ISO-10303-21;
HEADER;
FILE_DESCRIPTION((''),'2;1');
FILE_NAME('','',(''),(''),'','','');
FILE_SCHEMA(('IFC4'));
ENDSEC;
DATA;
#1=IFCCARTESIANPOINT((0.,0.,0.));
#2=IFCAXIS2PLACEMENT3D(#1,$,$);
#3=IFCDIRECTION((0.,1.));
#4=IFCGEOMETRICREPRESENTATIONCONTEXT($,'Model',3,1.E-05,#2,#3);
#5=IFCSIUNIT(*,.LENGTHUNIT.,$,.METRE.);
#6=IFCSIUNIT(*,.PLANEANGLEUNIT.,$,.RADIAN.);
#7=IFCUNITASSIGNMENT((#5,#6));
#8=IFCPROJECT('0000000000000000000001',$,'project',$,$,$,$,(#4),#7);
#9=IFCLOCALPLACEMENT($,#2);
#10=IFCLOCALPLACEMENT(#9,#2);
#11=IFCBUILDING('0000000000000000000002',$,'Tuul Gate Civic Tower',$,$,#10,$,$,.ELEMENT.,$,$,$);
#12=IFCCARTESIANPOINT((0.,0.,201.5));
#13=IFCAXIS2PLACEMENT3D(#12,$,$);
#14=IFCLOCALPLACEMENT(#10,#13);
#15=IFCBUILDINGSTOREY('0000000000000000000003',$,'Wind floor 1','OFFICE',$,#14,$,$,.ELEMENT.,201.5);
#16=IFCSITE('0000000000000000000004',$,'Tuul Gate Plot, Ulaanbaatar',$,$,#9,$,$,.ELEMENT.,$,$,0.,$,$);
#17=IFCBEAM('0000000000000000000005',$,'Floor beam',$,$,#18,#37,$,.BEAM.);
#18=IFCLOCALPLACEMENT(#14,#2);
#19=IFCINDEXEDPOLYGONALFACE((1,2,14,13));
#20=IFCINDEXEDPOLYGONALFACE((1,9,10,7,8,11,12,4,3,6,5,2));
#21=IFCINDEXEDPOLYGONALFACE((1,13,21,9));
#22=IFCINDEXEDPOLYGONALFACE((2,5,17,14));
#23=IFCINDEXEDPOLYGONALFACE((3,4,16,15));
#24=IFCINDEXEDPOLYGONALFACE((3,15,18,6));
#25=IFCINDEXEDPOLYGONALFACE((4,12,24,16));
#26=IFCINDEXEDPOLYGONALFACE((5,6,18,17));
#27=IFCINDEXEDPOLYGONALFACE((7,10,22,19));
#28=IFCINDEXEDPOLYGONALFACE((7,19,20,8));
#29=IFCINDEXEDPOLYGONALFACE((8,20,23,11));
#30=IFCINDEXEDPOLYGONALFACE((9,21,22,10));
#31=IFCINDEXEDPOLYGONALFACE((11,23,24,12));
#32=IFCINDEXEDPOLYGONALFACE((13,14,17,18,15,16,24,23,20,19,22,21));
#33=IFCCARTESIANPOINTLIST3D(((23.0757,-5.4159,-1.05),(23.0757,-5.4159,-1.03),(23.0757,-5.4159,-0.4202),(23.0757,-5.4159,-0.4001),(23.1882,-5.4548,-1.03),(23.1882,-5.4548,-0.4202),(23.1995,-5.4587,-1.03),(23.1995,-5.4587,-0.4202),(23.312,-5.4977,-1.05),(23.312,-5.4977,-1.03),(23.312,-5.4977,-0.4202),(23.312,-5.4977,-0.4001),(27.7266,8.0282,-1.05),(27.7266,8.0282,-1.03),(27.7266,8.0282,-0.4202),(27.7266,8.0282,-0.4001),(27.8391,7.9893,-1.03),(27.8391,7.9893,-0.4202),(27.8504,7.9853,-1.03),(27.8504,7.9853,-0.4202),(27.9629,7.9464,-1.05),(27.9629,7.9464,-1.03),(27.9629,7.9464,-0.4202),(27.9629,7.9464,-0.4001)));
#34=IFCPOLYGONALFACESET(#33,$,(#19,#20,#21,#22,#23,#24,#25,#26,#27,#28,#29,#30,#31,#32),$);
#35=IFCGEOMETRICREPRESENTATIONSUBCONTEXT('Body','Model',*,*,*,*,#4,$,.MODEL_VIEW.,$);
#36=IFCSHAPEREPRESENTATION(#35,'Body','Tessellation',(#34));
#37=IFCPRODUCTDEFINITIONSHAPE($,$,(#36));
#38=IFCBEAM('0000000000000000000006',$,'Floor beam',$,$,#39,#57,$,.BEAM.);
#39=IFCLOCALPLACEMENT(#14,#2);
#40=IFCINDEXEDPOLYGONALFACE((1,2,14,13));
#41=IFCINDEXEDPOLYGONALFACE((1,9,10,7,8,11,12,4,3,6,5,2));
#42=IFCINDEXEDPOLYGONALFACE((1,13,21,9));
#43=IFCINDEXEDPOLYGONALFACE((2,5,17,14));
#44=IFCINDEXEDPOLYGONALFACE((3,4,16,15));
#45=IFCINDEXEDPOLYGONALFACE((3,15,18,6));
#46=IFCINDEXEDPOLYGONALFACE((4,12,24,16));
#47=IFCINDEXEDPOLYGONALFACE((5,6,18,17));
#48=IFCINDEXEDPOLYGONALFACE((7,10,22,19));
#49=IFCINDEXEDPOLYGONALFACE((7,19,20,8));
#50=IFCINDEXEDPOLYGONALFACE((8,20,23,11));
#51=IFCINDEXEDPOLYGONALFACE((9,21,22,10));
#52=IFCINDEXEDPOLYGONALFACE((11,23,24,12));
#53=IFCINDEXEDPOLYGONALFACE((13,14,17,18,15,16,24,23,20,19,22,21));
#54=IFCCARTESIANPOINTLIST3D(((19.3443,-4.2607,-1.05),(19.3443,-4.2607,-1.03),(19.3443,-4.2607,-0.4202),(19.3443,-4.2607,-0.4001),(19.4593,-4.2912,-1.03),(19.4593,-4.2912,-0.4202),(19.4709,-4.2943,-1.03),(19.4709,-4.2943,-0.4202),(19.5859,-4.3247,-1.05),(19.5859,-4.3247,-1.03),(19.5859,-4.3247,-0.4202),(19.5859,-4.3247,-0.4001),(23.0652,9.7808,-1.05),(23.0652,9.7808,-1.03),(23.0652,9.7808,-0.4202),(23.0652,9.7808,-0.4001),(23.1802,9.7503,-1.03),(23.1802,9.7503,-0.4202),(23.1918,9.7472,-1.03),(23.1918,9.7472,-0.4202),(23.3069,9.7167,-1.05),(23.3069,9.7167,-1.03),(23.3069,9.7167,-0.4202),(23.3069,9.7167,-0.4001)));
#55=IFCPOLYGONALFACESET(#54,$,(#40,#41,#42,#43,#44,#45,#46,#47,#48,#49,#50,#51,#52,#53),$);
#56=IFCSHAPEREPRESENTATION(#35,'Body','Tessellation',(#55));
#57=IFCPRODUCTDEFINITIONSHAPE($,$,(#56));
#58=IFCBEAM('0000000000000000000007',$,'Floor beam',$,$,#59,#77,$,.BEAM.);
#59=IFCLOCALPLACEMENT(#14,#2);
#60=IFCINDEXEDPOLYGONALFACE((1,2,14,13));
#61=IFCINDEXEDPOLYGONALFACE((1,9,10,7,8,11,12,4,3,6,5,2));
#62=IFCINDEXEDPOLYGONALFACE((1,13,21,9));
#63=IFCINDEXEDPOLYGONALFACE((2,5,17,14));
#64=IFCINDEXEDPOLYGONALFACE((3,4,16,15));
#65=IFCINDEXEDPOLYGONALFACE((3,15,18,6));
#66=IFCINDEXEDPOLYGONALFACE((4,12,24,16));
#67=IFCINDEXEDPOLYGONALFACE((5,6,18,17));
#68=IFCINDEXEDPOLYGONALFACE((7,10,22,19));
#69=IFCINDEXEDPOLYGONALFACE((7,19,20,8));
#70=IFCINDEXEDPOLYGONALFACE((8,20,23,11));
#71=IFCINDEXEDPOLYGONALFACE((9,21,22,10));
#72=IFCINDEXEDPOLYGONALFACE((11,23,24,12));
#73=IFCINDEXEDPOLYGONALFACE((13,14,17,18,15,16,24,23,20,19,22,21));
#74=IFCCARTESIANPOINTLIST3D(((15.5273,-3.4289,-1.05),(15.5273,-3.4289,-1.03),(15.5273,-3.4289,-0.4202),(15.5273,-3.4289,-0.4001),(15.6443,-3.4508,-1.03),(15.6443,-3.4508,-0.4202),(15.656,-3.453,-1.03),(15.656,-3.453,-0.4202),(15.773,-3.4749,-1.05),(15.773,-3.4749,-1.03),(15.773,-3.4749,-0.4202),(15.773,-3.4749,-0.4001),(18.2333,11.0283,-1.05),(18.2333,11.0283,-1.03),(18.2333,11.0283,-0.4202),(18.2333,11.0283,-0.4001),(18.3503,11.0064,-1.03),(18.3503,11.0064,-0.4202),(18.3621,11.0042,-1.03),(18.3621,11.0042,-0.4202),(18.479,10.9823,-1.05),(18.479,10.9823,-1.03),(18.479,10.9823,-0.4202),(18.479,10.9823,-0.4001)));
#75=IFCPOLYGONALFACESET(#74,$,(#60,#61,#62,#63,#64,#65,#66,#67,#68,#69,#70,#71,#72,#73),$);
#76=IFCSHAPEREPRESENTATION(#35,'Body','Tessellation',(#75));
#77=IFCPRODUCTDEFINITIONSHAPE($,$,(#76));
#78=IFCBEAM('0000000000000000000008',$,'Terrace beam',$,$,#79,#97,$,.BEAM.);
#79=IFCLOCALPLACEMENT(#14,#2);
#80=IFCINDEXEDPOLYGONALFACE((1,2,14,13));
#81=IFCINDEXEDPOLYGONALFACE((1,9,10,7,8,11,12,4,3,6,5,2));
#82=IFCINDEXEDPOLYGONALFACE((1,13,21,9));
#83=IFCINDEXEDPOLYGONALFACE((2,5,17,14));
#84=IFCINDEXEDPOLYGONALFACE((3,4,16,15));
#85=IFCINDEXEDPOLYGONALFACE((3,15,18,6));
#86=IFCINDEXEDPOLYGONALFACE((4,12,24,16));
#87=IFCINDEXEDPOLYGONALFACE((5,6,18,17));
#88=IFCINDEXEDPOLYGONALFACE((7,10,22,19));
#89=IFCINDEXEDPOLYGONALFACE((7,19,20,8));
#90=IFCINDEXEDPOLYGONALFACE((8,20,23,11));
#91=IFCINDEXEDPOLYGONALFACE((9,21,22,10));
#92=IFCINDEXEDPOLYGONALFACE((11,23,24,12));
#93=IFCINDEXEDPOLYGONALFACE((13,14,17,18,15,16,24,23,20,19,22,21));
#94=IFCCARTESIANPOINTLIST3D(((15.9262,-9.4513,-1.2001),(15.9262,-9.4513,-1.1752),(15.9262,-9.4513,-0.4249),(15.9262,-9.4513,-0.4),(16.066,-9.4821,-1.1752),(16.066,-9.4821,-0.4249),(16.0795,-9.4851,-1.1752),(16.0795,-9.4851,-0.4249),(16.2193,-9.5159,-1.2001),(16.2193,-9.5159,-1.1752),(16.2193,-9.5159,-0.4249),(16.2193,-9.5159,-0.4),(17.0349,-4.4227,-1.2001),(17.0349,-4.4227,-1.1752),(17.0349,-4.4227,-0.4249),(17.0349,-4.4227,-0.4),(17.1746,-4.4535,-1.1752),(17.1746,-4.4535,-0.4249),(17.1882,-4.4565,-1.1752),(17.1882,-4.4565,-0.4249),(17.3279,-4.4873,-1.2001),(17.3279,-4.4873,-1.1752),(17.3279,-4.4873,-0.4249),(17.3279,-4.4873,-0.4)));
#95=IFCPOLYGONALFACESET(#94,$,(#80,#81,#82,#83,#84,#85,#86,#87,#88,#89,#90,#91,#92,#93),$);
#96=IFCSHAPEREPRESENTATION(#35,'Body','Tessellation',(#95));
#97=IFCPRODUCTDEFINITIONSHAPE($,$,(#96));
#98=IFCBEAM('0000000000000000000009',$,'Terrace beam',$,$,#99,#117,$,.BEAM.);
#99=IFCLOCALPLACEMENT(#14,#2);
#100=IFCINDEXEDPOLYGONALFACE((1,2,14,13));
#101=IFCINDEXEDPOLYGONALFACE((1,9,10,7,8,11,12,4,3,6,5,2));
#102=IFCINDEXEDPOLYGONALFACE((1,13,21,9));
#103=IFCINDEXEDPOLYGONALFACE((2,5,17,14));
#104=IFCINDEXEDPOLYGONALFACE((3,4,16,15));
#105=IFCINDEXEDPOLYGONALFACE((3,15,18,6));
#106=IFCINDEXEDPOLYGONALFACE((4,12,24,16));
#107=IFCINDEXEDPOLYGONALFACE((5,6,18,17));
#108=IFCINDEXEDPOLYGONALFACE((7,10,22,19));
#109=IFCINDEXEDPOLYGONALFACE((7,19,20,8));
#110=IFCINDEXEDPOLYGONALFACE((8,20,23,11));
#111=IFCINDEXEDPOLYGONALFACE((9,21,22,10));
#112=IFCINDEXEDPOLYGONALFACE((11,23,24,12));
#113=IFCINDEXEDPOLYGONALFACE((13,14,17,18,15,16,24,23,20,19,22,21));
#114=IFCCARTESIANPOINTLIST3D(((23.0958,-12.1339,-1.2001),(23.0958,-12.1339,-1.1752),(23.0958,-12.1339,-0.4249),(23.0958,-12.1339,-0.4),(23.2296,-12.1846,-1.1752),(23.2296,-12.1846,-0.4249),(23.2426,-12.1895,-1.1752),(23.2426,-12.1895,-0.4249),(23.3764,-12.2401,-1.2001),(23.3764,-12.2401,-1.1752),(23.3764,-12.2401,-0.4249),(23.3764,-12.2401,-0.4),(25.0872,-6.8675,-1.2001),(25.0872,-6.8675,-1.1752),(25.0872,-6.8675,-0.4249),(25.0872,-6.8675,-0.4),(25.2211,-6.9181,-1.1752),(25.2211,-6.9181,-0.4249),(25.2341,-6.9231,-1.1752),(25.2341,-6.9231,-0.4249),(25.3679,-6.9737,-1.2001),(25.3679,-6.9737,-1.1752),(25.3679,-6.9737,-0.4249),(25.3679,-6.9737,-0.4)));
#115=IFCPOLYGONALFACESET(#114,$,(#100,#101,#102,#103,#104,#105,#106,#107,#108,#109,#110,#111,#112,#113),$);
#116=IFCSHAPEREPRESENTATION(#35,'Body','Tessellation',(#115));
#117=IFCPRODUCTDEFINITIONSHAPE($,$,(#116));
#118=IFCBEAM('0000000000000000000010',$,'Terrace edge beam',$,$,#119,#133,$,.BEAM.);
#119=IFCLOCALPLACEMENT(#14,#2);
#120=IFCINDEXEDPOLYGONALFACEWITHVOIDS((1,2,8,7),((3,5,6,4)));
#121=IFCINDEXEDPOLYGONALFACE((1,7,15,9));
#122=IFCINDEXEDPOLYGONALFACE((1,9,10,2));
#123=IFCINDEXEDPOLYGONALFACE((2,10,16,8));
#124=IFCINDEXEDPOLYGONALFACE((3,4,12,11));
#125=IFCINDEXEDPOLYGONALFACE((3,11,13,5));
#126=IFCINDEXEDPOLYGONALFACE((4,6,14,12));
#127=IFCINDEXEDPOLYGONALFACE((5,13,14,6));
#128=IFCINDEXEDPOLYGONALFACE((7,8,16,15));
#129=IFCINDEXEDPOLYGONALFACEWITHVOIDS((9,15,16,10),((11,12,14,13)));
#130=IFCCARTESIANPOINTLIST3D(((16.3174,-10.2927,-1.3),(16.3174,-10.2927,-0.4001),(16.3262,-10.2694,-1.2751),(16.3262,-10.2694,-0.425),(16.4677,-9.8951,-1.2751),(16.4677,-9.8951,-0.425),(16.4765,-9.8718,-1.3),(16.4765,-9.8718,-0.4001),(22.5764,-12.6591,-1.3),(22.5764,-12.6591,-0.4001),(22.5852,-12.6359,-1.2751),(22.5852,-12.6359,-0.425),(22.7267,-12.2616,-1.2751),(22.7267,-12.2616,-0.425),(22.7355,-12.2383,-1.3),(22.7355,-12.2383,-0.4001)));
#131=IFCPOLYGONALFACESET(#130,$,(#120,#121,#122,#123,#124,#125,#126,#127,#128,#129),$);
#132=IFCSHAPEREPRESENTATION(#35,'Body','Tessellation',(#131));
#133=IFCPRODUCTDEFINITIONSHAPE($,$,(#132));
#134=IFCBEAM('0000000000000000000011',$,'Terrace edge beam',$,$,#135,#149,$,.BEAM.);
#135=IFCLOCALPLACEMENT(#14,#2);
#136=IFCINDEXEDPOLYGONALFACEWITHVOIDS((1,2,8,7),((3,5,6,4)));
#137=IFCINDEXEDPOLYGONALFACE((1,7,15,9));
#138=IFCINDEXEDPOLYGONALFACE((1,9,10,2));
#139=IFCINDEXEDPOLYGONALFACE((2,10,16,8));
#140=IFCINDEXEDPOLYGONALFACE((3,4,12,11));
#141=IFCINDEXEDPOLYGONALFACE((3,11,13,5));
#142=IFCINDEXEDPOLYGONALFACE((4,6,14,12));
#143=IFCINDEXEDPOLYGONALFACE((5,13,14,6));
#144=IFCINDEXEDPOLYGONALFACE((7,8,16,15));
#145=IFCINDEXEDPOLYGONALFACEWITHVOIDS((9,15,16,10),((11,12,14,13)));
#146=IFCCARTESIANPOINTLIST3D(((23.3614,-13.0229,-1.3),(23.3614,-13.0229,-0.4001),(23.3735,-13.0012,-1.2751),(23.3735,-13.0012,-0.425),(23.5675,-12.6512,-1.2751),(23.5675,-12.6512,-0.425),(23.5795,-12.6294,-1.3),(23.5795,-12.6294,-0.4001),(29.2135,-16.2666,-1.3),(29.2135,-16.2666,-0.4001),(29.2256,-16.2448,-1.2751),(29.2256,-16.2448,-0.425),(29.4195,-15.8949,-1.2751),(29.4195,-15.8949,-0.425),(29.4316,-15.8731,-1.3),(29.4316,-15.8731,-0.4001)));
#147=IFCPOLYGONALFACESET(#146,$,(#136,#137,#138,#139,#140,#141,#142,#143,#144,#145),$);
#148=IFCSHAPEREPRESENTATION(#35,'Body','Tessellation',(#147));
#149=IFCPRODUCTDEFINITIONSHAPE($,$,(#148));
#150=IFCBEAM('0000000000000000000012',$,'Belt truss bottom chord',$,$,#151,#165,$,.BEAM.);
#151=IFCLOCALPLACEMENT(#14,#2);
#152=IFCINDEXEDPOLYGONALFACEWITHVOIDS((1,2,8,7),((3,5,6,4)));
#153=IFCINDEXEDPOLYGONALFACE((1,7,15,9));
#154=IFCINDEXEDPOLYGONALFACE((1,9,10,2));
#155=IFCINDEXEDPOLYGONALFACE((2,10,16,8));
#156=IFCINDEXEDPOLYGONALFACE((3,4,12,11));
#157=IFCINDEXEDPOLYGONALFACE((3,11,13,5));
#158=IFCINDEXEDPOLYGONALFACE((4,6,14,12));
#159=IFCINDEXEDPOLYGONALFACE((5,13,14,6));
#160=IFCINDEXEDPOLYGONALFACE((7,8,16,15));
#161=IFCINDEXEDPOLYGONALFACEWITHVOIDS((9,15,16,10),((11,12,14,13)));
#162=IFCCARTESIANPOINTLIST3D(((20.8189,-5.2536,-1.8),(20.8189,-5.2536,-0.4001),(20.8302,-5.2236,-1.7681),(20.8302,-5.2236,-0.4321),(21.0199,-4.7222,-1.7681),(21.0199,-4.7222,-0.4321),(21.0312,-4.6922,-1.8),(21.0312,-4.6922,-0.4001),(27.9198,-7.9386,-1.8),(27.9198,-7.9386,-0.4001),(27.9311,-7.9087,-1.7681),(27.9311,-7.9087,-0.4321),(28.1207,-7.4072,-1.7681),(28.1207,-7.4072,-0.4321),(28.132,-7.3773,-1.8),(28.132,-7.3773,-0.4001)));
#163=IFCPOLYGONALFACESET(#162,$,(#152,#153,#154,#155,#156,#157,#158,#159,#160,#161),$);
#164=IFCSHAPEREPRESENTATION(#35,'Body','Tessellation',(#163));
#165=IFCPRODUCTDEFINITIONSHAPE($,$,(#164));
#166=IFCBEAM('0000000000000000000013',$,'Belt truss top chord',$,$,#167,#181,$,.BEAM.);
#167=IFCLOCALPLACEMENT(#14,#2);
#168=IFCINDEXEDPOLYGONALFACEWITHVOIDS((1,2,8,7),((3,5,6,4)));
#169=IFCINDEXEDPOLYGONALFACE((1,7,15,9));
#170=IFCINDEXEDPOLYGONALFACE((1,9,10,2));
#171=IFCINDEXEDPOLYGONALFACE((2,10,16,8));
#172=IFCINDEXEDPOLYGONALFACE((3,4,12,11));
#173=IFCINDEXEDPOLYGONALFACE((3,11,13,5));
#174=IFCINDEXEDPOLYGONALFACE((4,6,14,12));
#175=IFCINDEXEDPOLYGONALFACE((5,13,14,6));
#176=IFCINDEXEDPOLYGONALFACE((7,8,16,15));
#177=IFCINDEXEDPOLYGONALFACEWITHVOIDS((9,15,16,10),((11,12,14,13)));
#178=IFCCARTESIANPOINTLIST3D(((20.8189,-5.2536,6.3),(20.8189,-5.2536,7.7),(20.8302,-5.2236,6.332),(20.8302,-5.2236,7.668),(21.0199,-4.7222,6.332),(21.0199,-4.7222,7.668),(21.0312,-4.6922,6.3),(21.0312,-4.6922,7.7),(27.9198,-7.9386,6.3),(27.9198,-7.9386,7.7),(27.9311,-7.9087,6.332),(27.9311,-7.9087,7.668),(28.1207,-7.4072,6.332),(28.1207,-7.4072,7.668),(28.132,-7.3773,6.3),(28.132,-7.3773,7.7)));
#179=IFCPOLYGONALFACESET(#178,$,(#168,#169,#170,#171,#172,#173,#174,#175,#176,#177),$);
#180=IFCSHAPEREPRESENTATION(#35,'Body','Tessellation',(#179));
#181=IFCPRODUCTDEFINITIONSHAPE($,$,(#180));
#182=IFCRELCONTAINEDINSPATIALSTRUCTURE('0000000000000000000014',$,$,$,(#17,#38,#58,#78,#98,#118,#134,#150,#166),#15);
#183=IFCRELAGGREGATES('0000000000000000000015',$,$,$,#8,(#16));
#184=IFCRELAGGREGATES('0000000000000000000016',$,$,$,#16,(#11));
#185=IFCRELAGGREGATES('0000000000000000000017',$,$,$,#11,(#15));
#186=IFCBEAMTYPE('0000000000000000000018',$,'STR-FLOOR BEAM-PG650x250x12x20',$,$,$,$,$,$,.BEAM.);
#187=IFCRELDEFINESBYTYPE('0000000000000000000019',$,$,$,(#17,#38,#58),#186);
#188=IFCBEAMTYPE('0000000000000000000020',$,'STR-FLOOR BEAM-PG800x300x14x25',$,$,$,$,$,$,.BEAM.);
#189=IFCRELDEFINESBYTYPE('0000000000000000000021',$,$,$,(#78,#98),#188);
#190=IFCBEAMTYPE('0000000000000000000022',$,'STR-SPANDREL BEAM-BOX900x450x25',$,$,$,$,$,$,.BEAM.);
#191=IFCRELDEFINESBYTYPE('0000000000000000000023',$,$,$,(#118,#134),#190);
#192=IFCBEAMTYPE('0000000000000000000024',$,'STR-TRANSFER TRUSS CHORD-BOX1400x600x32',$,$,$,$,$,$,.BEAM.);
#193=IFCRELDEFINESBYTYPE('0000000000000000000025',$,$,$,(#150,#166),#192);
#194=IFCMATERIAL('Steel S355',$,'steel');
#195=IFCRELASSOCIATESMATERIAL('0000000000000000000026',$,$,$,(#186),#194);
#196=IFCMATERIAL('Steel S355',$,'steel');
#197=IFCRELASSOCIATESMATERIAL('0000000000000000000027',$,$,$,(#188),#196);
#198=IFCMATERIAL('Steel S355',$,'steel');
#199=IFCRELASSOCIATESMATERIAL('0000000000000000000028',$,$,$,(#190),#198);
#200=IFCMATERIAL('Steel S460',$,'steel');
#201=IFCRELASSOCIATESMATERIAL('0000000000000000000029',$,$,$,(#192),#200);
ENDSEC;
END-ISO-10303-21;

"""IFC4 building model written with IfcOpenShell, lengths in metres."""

from ifc_helpers import new_model, si_unit, direction, frame, origin, origin_2d, place, context, subcontext, project, spatial, hollow_rectangle, i_section, extrude, material, material_profile, profile_set, type_object, element, save


model = new_model("IFC4")

# Units and contexts
model_context = context("Model", 3, precision=1e-05, world=origin(), true_north=direction((0.0, 1.0)))
body_context = subcontext(model_context, "Body", "Model", "MODEL_VIEW")
ifc_project = project(units=[si_unit("LENGTHUNIT", "METRE"), si_unit("PLANEANGLEUNIT", "RADIAN")], contexts=[model_context])

# Site, building, storey
site_placement = place(None, origin())
site = spatial("IfcSite", under=ifc_project, at=site_placement, Name="Tuul Gate Plot, Ulaanbaatar", CompositionType="ELEMENT", RefElevation=0.0)
building_placement = place(site_placement, origin())
building = spatial("IfcBuilding", under=site, at=building_placement, Name="Tuul Gate Civic Tower", CompositionType="ELEMENT")
storey_placement = place(building_placement, frame((0.0, 0.0, 201.5)))
storey = spatial("IfcBuildingStorey", under=building, at=storey_placement, Name="Wind floor 1", Description="OFFICE", CompositionType="ELEMENT", Elevation=201.5)

# Beams
ifc_material_1 = material(Name="Steel S355", Category="steel")
ifc_material_profile_1 = material_profile(ifc_material_1, i_section(OverallWidth=0.25, OverallDepth=0.6499, WebThickness=0.012, FlangeThickness=0.02, at=origin_2d()), Name="PG650x250x12x20")
ifc_profile_set_1 = profile_set([ifc_material_profile_1], Name="Steel S355")
beam_type_1 = type_object("IfcBeamType", Name="STR-FLOOR BEAM-PG650x250x12x20", PredefinedType="BEAM", material=ifc_profile_set_1)
beam_1_placement = place(storey_placement, frame((23.1938, -5.4568, -0.7251), z_axis=(0.326932, 0.945048, 0.0), x_axis=(-0.945048, 0.326932, 0.0)))
element("IfcBeam", 1, at=beam_1_placement, inside=storey, type_object=beam_type_1, Name="Floor beam", PredefinedType="BEAM", context=body_context, shape_type="SweptSolid", body=[
    extrude(i_section(OverallWidth=0.25, OverallDepth=0.6499, WebThickness=0.012, FlangeThickness=0.02, at=origin_2d()), origin(), (0.0, 0.0, 1.0), 14.2258),
])
beam_2_placement = place(storey_placement, frame((19.4651, -4.2927, -0.7251), z_axis=(0.256155, 0.966636, 0.0), x_axis=(-0.966636, 0.256155, 0.0)))
element("IfcBeam", 2, at=beam_2_placement, inside=storey, type_object=beam_type_1, Name="Floor beam", PredefinedType="BEAM", context=body_context, shape_type="SweptSolid", body=[
    extrude(i_section(OverallWidth=0.25, OverallDepth=0.6499, WebThickness=0.012, FlangeThickness=0.02, at=origin_2d()), origin(), (0.0, 0.0, 1.0), 14.5261),
])
beam_3_placement = place(storey_placement, frame((15.6501, -3.4519, -0.7251), z_axis=(0.183981, 0.98293, 0.0), x_axis=(-0.98293, 0.183981, 0.0)))
element("IfcBeam", 3, at=beam_3_placement, inside=storey, type_object=beam_type_1, Name="Floor beam", PredefinedType="BEAM", context=body_context, shape_type="SweptSolid", body=[
    extrude(i_section(OverallWidth=0.25, OverallDepth=0.6499, WebThickness=0.012, FlangeThickness=0.02, at=origin_2d()), origin(), (0.0, 0.0, 1.0), 14.7083),
])
ifc_material_2 = material(Name="Steel S355", Category="steel")
ifc_material_profile_2 = material_profile(ifc_material_2, i_section(OverallWidth=0.3, OverallDepth=0.8, WebThickness=0.0139, FlangeThickness=0.0249, at=origin_2d()), Name="PG800x300x14x25")
ifc_profile_set_2 = profile_set([ifc_material_profile_2], Name="Steel S355")
beam_type_2 = type_object("IfcBeamType", Name="STR-FLOOR BEAM-PG800x300x14x25", PredefinedType="BEAM", material=ifc_profile_set_2)
beam_4_placement = place(storey_placement, frame((16.0728, -9.4836, -0.8), z_axis=(0.215299, 0.976548, 0.0), x_axis=(-0.976548, 0.215299, 0.0)))
element("IfcBeam", 4, at=beam_4_placement, inside=storey, type_object=beam_type_2, Name="Terrace beam", PredefinedType="BEAM", context=body_context, shape_type="SweptSolid", body=[
    extrude(i_section(OverallWidth=0.3, OverallDepth=0.8, WebThickness=0.0139, FlangeThickness=0.0249, at=origin_2d()), origin(), (0.0, 0.0, 1.0), 5.1494),
])
beam_5_placement = place(storey_placement, frame((23.2361, -12.187, -0.8), z_axis=(0.353702, 0.935358, 0.0), x_axis=(-0.935358, 0.353702, 0.0)))
element("IfcBeam", 5, at=beam_5_placement, inside=storey, type_object=beam_type_2, Name="Terrace beam", PredefinedType="BEAM", context=body_context, shape_type="SweptSolid", body=[
    extrude(i_section(OverallWidth=0.3, OverallDepth=0.8, WebThickness=0.0139, FlangeThickness=0.0249, at=origin_2d()), origin(), (0.0, 0.0, 1.0), 5.6304),
])
ifc_material_3 = material(Name="Steel S355", Category="steel")
ifc_material_profile_3 = material_profile(ifc_material_3, hollow_rectangle(XDim=0.45, YDim=0.8999, WallThickness=0.0249, at=origin_2d()), Name="BOX900x450x25")
ifc_profile_set_3 = profile_set([ifc_material_profile_3], Name="Steel S355")
beam_type_3 = type_object("IfcBeamType", Name="STR-SPANDREL BEAM-BOX900x450x25", PredefinedType="BEAM", material=ifc_profile_set_3)
beam_6_placement = place(storey_placement, frame((16.397, -10.0823, -0.8501), z_axis=(0.935377, -0.353653, 0.0), x_axis=(0.353653, 0.935377, 0.0)))
element("IfcBeam", 6, at=beam_6_placement, inside=storey, type_object=beam_type_3, Name="Terrace edge beam", PredefinedType="BEAM", context=body_context, shape_type="SweptSolid", body=[
    extrude(hollow_rectangle(XDim=0.45, YDim=0.8999, WallThickness=0.0249, at=origin_2d()), origin(), (0.0, 0.0, 1.0), 6.6914),
])
beam_7_placement = place(storey_placement, frame((23.4705, -12.8262, -0.8501), z_axis=(0.874632, -0.484788, 0.0), x_axis=(0.484788, 0.874632, 0.0)))
element("IfcBeam", 7, at=beam_7_placement, inside=storey, type_object=beam_type_3, Name="Terrace edge beam", PredefinedType="BEAM", context=body_context, shape_type="SweptSolid", body=[
    extrude(hollow_rectangle(XDim=0.45, YDim=0.8999, WallThickness=0.0249, at=origin_2d()), origin(), (0.0, 0.0, 1.0), 6.6909),
])
ifc_material_4 = material(Name="Steel S460", Category="steel")
ifc_material_profile_4 = material_profile(ifc_material_4, hollow_rectangle(XDim=0.6001, YDim=1.3999, WallThickness=0.032, at=origin_2d()), Name="BOX1400x600x32")
ifc_profile_set_4 = profile_set([ifc_material_profile_4], Name="Steel S460")
beam_type_4 = type_object("IfcBeamType", Name="STR-TRANSFER TRUSS CHORD-BOX1400x600x32", PredefinedType="BEAM", material=ifc_profile_set_4)
for number, where, z_axis, x_axis, name in (
    (8, (20.925, -4.9729, -1.1001), (0.935362, -0.353691, 0.0), (0.353691, 0.935362, 0.0), "Belt truss bottom chord"),
    (9, (20.925, -4.9729, 7.0), (0.935362, -0.353691, 0.0), (0.353691, 0.935362, 0.0), "Belt truss top chord"),
):
    element("IfcBeam", number, at=place(storey_placement, frame(where, z_axis=z_axis, x_axis=x_axis)), inside=storey, type_object=beam_type_4, Name=name, PredefinedType="BEAM", context=body_context, shape_type="SweptSolid", body=[
        extrude(hollow_rectangle(XDim=0.6001, YDim=1.3999, WallThickness=0.032, at=origin_2d()), origin(), (0.0, 0.0, 1.0), 7.5916),
    ])

save(model, "model.ifc")
